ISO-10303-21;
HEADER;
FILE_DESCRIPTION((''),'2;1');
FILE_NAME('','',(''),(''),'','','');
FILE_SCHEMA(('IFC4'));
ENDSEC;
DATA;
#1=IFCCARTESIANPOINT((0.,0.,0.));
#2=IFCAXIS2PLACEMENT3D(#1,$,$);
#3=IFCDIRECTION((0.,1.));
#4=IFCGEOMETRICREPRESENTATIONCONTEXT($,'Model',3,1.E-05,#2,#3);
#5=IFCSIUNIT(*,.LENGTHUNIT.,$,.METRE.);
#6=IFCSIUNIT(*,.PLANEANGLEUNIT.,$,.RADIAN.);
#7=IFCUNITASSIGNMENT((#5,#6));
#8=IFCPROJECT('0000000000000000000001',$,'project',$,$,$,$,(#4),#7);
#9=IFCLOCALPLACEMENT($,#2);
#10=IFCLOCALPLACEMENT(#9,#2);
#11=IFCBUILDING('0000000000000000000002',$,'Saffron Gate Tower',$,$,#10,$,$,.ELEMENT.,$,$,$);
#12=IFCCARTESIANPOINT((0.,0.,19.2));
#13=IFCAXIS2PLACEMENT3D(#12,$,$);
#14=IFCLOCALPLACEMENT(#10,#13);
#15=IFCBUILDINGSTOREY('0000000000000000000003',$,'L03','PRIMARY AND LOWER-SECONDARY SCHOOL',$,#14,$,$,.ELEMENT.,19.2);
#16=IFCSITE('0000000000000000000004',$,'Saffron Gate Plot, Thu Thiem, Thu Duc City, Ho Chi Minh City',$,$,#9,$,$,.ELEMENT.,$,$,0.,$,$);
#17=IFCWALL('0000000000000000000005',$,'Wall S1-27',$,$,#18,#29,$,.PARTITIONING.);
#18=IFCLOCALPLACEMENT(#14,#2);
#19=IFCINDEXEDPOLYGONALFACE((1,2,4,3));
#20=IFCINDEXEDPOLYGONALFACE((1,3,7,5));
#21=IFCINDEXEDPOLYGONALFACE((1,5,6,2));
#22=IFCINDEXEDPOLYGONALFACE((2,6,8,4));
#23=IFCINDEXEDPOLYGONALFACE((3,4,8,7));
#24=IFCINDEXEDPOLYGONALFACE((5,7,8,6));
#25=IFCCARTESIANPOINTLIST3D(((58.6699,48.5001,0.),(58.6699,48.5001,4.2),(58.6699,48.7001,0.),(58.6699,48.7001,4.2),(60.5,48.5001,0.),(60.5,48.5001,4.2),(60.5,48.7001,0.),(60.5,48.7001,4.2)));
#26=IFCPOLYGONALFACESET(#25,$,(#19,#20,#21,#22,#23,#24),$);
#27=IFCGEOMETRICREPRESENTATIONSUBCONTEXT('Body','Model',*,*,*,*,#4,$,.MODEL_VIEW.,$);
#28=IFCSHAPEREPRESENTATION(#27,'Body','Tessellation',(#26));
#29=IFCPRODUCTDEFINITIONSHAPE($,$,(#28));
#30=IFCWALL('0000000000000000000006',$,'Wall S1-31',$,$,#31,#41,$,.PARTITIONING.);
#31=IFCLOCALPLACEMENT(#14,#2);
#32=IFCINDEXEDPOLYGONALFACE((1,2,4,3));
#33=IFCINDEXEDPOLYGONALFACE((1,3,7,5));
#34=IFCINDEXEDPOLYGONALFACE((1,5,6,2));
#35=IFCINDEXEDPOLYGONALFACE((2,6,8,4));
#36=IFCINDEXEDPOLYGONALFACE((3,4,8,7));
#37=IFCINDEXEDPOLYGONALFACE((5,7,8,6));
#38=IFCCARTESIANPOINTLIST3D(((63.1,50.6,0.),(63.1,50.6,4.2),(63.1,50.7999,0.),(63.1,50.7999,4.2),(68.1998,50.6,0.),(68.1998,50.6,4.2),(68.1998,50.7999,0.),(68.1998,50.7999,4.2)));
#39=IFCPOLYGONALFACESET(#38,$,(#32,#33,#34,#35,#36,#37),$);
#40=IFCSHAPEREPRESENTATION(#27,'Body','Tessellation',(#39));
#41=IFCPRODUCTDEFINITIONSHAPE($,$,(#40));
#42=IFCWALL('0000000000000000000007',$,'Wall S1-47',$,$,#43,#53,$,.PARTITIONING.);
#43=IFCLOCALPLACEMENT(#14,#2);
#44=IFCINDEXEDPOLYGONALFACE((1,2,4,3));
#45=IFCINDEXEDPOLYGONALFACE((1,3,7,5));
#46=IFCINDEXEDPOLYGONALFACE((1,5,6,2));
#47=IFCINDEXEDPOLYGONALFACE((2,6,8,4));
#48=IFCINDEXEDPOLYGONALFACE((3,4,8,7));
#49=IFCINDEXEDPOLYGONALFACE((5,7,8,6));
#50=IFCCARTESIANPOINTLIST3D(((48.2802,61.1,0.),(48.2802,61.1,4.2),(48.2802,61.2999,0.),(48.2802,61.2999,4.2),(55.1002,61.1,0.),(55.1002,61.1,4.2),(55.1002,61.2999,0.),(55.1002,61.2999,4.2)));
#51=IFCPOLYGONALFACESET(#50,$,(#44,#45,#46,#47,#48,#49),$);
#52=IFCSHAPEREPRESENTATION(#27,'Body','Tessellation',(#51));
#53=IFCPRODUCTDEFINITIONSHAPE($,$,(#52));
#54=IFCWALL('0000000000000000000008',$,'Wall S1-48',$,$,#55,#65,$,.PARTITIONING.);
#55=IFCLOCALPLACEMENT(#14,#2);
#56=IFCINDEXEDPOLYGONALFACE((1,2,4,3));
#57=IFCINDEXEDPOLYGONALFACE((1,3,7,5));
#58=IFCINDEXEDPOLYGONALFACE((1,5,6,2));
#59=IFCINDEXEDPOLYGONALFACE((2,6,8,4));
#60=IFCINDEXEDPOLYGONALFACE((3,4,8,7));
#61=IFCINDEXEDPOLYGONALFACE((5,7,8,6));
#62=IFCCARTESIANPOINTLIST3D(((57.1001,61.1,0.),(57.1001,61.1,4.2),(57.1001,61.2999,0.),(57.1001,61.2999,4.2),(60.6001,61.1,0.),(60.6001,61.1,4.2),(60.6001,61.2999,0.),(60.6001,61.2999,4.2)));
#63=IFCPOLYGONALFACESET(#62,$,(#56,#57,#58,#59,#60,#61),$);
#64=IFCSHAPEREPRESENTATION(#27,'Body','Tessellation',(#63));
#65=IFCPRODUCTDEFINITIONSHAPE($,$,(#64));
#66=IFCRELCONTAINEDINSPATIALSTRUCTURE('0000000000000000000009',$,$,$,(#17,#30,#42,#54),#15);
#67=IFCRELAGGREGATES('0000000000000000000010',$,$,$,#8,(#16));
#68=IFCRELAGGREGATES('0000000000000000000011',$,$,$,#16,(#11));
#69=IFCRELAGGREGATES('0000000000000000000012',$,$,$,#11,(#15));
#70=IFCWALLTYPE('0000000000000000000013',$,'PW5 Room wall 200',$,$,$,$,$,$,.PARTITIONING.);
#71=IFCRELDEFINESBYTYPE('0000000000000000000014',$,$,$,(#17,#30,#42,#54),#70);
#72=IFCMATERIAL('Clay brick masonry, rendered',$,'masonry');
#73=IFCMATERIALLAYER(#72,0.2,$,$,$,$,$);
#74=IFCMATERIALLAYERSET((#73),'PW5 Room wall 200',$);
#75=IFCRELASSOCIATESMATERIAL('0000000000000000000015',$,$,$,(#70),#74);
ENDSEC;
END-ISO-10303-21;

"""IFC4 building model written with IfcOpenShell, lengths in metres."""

from ifc_helpers import new_model, si_unit, direction, frame, frame_2d, origin, place, context, subcontext, project, spatial, rectangle, extrude, material, layer, layer_set, type_object, element, save


model = new_model("IFC4")

# Units and contexts
model_context = context("Model", 3, precision=1e-05, world=origin(), true_north=direction((0.0, 1.0)))
body_context = subcontext(model_context, "Body", "Model", "MODEL_VIEW")
ifc_project = project(units=[si_unit("LENGTHUNIT", "METRE"), si_unit("PLANEANGLEUNIT", "RADIAN")], contexts=[model_context])

# Site, building, storey
site_placement = place(None, origin())
site = spatial("IfcSite", under=ifc_project, at=site_placement, Name="Saffron Gate Plot, Thu Thiem, Thu Duc City, Ho Chi Minh City", CompositionType="ELEMENT", RefElevation=0.0)
building_placement = place(site_placement, origin())
building = spatial("IfcBuilding", under=site, at=building_placement, Name="Saffron Gate Tower", CompositionType="ELEMENT")
storey_placement = place(building_placement, frame((0.0, 0.0, 19.2)))
storey = spatial("IfcBuildingStorey", under=building, at=storey_placement, Name="L03", Description="PRIMARY AND LOWER-SECONDARY SCHOOL", CompositionType="ELEMENT", Elevation=19.2)

# Shared definitions
ifc_material_1 = material(Name="Clay brick masonry, rendered", Category="masonry")

# Walls
ifc_layer_1 = layer(ifc_material_1, 0.2)
ifc_layer_set_1 = layer_set([ifc_layer_1], Name="PW5 Room wall 200")
wall_type_1 = type_object("IfcWallType", Name="PW5 Room wall 200", PredefinedType="PARTITIONING", material=ifc_layer_set_1)
wall_1_placement = place(storey_placement, frame((58.6699, 48.6001, 0.0), z_axis=(0.0, 0.0, 1.0), x_axis=(1.0, 0.0, 0.0)))
element("IfcWall", 1, at=wall_1_placement, inside=storey, type_object=wall_type_1, Name="Wall S1-27", PredefinedType="PARTITIONING", context=body_context, shape_type="SweptSolid", body=[
    extrude(rectangle(XDim=1.8301, YDim=0.2, at=frame_2d((0.915, 0.0))), origin(), (0.0, 0.0, 1.0), 4.2),
])
wall_2_placement = place(storey_placement, frame((63.1001, 50.7, 0.0), z_axis=(0.0, 0.0, 1.0), x_axis=(1.0, 0.0, 0.0)))
element("IfcWall", 2, at=wall_2_placement, inside=storey, type_object=wall_type_1, Name="Wall S1-31", PredefinedType="PARTITIONING", context=body_context, shape_type="SweptSolid", body=[
    extrude(rectangle(XDim=5.0999, YDim=0.2, at=frame_2d((2.5498, 0.0))), origin(), (0.0, 0.0, 1.0), 4.2),
])
wall_3_placement = place(storey_placement, frame((48.28, 61.2, 0.0), z_axis=(0.0, 0.0, 1.0), x_axis=(1.0, 0.0, 0.0)))
element("IfcWall", 3, at=wall_3_placement, inside=storey, type_object=wall_type_1, Name="Wall S1-47", PredefinedType="PARTITIONING", context=body_context, shape_type="SweptSolid", body=[
    extrude(rectangle(XDim=6.8201, YDim=0.2, at=frame_2d((3.4102, 0.0))), origin(), (0.0, 0.0, 1.0), 4.2),
])
wall_4_placement = place(storey_placement, frame((57.1001, 61.2, 0.0), z_axis=(0.0, 0.0, 1.0), x_axis=(1.0, 0.0, 0.0)))
element("IfcWall", 4, at=wall_4_placement, inside=storey, type_object=wall_type_1, Name="Wall S1-48", PredefinedType="PARTITIONING", context=body_context, shape_type="SweptSolid", body=[
    extrude(rectangle(XDim=3.5, YDim=0.2, at=frame_2d((1.75, 0.0))), origin(), (0.0, 0.0, 1.0), 4.2),
])

save(model, "model.ifc")
